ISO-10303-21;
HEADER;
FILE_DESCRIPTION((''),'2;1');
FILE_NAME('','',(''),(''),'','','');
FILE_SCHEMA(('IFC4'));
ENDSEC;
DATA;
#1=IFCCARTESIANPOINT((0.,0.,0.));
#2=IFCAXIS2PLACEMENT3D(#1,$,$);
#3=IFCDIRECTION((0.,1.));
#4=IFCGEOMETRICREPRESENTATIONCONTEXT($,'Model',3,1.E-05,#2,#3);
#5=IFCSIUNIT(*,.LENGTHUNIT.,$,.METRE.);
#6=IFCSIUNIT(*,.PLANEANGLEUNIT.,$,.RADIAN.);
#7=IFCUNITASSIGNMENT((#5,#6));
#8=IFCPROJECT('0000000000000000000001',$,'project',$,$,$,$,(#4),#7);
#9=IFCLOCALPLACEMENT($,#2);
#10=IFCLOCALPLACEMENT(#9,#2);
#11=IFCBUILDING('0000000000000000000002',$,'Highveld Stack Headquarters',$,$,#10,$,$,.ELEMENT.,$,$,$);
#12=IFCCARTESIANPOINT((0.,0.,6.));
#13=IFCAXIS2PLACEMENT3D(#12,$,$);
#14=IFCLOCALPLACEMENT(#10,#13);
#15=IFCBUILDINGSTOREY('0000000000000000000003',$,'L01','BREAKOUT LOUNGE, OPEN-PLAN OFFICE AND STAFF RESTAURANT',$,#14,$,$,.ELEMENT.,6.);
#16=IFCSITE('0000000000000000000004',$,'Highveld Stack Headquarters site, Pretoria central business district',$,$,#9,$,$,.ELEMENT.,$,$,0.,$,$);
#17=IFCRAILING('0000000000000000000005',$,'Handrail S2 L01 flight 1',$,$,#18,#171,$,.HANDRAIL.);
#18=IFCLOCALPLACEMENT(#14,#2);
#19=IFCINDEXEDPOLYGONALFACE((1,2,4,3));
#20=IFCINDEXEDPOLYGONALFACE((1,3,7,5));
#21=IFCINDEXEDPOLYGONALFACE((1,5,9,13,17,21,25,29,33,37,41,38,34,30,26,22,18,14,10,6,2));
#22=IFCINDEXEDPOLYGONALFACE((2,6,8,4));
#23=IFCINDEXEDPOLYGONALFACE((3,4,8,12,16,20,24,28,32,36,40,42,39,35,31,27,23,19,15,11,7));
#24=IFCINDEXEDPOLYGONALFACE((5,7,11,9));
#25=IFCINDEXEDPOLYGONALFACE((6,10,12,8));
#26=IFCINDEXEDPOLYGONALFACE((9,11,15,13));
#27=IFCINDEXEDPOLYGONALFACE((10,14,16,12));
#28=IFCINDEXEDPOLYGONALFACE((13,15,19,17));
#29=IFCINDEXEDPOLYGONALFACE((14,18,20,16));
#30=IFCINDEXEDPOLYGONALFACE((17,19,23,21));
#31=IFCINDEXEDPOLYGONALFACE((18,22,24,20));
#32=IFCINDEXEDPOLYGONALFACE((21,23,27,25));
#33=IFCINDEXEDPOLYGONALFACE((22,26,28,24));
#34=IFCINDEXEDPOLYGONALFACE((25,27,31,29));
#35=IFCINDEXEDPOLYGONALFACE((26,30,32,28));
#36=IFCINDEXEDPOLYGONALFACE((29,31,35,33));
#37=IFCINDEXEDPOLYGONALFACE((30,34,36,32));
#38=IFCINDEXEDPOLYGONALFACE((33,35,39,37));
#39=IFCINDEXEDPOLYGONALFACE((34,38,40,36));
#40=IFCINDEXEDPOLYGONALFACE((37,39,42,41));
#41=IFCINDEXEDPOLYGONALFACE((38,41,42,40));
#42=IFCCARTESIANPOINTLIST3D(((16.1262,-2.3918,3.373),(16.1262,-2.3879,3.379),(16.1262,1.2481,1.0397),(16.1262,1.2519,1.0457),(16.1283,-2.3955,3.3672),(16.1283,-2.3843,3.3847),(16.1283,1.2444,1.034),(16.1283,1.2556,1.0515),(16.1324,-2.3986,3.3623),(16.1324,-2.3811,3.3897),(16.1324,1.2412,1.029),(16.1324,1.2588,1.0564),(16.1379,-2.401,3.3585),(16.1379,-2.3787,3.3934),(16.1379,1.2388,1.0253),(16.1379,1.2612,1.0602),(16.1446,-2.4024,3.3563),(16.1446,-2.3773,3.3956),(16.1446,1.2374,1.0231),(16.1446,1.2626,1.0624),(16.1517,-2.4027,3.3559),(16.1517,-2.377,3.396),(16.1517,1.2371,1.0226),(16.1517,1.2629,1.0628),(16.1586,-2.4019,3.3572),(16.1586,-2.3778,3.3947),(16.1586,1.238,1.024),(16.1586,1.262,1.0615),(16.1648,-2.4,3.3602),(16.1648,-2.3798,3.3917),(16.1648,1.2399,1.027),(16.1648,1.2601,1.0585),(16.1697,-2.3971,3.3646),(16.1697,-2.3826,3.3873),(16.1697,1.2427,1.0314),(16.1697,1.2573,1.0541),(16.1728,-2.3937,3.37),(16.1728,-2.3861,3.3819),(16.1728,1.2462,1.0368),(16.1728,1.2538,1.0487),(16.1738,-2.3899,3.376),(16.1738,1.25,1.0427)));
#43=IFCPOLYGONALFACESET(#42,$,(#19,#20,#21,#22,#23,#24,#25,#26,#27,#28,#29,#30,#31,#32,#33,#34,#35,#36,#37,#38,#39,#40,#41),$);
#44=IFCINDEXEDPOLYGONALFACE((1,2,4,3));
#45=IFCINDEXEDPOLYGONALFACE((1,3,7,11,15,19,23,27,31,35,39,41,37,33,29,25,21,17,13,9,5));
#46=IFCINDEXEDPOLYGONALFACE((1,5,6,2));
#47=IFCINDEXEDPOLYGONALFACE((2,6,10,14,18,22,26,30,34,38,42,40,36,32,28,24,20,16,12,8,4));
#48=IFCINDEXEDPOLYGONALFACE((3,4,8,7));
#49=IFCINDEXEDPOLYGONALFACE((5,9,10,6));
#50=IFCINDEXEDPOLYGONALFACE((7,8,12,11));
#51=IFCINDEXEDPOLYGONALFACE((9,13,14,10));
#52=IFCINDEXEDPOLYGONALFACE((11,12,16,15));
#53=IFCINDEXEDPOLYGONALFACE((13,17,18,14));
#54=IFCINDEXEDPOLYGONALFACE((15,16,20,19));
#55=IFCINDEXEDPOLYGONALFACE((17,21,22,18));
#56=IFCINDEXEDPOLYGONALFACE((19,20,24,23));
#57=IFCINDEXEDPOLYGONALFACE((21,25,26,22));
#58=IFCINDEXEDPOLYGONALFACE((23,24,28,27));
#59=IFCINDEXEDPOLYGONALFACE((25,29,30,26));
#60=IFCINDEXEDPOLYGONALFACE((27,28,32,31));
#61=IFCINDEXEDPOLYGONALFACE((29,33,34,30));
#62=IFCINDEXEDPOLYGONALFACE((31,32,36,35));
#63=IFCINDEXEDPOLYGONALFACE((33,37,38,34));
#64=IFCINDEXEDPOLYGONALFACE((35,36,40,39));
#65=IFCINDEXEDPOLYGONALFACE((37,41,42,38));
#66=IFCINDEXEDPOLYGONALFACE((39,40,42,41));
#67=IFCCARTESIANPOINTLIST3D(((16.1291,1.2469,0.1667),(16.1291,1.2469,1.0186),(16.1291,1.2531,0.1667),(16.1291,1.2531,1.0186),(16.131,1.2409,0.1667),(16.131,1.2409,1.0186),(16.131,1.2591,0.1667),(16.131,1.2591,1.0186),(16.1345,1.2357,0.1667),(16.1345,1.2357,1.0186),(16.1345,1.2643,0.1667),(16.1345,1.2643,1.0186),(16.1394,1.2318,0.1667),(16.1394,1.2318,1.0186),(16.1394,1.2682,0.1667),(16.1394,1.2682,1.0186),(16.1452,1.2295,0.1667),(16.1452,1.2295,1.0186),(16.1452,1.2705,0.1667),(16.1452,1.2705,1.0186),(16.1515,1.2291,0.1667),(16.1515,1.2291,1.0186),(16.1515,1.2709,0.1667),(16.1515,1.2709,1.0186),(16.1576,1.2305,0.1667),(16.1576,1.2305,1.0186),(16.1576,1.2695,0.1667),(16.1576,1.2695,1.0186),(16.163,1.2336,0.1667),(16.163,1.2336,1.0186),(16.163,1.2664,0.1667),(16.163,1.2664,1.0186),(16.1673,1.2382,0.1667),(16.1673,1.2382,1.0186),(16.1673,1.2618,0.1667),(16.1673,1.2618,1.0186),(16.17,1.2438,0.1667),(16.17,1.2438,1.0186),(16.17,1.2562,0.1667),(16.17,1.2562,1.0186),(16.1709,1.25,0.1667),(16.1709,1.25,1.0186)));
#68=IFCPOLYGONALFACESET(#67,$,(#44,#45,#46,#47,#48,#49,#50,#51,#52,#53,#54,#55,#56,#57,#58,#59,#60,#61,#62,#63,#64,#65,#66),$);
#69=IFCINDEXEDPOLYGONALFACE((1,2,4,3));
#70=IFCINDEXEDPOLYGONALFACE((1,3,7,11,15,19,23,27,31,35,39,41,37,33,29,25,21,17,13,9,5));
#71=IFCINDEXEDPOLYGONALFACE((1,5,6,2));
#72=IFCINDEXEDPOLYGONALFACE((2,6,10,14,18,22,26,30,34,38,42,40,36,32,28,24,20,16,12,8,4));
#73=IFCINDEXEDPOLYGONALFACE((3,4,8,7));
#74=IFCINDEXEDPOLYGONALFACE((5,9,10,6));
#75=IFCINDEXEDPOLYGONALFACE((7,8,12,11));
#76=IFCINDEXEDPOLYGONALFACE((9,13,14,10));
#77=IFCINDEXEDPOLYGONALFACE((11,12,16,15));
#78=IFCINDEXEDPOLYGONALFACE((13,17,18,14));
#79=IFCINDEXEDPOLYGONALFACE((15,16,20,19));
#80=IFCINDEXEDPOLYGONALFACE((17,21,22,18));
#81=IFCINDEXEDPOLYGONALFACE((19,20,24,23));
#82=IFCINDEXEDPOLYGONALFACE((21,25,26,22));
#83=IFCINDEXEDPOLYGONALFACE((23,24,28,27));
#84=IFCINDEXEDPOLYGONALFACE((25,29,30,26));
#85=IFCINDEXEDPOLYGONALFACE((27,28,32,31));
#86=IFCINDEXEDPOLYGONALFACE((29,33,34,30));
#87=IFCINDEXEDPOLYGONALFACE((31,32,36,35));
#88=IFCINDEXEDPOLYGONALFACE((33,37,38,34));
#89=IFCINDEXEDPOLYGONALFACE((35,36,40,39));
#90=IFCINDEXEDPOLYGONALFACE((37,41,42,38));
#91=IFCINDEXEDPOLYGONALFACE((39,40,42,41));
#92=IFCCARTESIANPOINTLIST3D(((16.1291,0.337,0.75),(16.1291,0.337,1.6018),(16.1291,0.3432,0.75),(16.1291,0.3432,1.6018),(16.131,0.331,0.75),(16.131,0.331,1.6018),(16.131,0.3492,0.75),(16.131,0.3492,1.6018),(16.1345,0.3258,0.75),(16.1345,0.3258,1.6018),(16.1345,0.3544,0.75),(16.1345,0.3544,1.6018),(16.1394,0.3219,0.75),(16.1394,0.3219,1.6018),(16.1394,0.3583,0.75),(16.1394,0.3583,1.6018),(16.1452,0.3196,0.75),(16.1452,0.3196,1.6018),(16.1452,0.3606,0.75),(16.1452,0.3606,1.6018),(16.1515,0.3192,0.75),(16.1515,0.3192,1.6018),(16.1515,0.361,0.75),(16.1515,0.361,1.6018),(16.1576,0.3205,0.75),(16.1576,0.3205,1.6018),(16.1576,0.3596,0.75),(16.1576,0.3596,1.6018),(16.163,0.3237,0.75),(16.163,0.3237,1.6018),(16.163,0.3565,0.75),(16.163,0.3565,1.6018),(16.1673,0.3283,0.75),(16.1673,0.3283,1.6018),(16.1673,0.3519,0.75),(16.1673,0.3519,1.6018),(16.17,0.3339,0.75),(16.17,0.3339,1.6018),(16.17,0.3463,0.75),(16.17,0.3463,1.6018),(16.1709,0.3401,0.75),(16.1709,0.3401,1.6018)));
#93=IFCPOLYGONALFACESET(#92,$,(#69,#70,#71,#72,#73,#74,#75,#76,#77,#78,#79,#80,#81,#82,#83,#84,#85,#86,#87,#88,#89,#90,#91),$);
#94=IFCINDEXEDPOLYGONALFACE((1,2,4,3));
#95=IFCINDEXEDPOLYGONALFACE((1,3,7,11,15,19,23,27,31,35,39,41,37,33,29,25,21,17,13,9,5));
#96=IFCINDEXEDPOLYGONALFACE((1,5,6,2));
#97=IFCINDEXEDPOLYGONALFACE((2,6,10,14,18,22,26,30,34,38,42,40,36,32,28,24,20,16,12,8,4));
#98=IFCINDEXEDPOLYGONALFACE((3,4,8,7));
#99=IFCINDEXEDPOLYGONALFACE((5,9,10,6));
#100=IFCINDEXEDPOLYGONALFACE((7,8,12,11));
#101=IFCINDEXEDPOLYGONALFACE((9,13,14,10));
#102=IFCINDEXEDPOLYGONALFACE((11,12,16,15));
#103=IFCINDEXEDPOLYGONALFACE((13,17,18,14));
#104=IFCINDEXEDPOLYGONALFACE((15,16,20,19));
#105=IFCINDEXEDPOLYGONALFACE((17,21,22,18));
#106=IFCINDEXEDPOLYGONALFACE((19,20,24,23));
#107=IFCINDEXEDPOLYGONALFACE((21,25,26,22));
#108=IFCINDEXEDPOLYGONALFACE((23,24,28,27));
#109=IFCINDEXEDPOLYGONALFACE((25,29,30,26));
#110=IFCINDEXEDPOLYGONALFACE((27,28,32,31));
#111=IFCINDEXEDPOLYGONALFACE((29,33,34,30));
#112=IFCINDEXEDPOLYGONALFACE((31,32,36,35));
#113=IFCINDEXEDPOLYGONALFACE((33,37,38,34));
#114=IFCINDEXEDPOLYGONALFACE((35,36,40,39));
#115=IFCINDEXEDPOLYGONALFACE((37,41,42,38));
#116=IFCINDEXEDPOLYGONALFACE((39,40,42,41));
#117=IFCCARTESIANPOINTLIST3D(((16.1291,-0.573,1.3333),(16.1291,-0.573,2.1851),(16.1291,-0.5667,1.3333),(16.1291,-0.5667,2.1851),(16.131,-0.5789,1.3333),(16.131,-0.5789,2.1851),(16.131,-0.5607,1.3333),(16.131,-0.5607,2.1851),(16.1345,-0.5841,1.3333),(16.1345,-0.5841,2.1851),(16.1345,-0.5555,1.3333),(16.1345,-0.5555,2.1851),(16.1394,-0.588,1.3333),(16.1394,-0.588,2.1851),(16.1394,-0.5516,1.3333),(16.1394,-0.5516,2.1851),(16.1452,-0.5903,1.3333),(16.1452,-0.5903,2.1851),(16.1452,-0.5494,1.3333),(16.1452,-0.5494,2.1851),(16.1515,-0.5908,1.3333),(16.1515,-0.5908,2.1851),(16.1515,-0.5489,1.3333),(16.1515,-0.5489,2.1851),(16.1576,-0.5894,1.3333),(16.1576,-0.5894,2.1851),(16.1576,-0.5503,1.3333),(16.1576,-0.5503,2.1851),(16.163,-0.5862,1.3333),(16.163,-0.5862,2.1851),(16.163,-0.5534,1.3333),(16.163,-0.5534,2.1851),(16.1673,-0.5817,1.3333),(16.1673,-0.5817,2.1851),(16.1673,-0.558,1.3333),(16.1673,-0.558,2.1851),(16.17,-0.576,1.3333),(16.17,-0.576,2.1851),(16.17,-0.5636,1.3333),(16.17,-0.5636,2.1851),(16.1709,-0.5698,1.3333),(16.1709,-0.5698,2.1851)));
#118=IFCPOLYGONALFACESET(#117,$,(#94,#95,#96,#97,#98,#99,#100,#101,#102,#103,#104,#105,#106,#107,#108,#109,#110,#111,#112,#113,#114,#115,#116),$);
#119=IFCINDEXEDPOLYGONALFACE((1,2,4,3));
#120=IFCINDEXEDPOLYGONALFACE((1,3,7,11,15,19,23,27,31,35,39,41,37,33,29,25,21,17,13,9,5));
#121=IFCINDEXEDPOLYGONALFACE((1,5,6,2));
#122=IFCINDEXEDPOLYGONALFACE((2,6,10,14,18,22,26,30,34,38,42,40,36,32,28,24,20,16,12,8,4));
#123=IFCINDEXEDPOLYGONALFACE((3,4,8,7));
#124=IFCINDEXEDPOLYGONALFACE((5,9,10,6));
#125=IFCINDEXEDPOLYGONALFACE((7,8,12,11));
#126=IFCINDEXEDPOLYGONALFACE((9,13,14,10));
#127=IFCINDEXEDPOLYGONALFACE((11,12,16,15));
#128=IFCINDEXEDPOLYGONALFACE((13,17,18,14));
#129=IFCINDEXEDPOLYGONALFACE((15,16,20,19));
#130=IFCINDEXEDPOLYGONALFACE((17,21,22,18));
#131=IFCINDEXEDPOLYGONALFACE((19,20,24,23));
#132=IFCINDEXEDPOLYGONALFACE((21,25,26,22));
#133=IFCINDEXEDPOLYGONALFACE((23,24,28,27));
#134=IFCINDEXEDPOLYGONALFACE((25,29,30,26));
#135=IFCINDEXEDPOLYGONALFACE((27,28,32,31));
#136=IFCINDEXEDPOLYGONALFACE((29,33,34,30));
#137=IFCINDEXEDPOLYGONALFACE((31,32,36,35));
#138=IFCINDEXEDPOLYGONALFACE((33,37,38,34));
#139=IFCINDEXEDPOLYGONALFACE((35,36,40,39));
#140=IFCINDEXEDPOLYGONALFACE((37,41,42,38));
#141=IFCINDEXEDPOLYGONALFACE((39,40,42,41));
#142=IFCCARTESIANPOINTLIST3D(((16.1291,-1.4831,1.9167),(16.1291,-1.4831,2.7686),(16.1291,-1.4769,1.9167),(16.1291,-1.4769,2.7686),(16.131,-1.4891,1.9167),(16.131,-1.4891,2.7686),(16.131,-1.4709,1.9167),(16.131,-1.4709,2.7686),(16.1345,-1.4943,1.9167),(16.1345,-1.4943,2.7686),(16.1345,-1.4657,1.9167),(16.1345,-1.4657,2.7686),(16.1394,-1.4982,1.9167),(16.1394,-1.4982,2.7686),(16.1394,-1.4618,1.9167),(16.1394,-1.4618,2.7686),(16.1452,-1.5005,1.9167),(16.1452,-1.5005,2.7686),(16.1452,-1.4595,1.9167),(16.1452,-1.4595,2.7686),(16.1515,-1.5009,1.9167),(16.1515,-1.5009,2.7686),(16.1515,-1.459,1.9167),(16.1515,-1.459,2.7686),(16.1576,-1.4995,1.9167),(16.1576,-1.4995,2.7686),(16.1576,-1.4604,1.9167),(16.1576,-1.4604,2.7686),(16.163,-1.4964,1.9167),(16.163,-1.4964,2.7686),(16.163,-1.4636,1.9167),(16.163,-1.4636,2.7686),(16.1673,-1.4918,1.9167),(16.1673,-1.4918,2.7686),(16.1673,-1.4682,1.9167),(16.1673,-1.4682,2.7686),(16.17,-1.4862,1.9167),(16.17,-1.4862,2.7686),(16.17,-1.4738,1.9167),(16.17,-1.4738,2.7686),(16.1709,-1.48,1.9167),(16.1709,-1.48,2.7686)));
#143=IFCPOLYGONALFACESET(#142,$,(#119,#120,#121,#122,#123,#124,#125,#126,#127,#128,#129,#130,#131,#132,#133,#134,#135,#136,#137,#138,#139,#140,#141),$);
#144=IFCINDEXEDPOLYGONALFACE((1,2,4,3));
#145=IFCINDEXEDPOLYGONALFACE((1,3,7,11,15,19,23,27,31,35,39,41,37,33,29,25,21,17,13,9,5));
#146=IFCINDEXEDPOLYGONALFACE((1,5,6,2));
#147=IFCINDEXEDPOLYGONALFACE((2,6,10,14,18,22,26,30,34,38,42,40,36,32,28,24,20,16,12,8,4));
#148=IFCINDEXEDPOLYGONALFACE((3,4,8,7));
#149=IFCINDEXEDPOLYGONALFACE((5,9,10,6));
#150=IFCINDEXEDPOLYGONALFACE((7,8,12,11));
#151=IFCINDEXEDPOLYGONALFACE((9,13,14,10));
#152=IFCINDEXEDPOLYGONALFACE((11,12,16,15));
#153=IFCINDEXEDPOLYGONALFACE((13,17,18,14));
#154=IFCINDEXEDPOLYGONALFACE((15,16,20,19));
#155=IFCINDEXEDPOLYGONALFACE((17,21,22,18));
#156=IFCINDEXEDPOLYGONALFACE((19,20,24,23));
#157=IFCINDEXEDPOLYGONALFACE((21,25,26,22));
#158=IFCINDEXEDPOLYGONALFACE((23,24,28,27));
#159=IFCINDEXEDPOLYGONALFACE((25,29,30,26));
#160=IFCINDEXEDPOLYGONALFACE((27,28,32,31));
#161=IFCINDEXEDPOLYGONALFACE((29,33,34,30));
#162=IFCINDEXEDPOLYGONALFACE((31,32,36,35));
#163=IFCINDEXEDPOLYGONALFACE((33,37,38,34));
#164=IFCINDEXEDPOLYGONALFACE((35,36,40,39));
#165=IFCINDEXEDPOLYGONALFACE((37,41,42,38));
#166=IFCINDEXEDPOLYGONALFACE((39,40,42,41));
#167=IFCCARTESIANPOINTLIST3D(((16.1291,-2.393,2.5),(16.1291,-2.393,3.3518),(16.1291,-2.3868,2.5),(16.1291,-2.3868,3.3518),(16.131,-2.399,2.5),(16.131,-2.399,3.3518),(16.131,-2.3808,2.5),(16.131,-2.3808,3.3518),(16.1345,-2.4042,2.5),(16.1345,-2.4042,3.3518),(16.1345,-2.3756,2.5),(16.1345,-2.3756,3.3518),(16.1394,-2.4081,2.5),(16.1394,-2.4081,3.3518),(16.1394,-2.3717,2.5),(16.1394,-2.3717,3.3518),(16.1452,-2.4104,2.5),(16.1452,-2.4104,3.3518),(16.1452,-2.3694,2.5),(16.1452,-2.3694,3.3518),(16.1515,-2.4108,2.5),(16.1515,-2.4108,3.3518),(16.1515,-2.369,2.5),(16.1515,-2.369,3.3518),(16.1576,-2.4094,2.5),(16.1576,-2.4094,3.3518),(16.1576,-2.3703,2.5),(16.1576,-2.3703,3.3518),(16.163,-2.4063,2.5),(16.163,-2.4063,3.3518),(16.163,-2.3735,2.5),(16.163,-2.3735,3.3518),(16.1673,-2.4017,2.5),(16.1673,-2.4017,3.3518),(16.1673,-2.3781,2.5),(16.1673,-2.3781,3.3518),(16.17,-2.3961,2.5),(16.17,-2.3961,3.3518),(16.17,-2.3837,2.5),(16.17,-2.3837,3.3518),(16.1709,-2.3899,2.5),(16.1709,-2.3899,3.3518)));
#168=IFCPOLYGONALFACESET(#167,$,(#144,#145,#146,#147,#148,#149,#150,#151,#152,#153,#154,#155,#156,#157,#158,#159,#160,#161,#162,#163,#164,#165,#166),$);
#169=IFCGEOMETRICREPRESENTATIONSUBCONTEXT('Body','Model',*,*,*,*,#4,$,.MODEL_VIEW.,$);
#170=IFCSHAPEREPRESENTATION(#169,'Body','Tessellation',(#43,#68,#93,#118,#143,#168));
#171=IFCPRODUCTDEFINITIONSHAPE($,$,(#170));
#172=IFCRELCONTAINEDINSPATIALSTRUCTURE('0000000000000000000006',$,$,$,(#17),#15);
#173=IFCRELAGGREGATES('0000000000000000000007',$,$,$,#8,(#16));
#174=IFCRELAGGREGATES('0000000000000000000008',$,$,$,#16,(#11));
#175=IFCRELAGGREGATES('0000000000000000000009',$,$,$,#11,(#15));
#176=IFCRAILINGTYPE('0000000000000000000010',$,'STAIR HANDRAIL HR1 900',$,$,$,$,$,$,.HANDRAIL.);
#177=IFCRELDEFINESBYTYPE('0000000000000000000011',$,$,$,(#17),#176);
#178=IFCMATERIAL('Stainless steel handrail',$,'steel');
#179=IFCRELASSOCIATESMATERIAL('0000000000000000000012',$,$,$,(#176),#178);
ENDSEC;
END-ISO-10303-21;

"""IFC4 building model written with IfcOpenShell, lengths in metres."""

from ifc_helpers import new_model, si_unit, direction, frame, origin, origin_2d, place, context, subcontext, project, spatial, circle, extrude, material, type_object, element, save


model = new_model("IFC4")

# Units and contexts
model_context = context("Model", 3, precision=1e-05, world=origin(), true_north=direction((0.0, 1.0)))
body_context = subcontext(model_context, "Body", "Model", "MODEL_VIEW")
ifc_project = project(units=[si_unit("LENGTHUNIT", "METRE"), si_unit("PLANEANGLEUNIT", "RADIAN")], contexts=[model_context])

# Site, building, storey
site_placement = place(None, origin())
site = spatial("IfcSite", under=ifc_project, at=site_placement, Name="Highveld Stack Headquarters site, Pretoria central business district", CompositionType="ELEMENT", RefElevation=0.0)
building_placement = place(site_placement, origin())
building = spatial("IfcBuilding", under=site, at=building_placement, Name="Highveld Stack Headquarters", CompositionType="ELEMENT")
storey_placement = place(building_placement, frame((0.0, 0.0, 6.0)))
storey = spatial("IfcBuildingStorey", under=building, at=storey_placement, Name="L01", Description="BREAKOUT LOUNGE, OPEN-PLAN OFFICE AND STAFF RESTAURANT", CompositionType="ELEMENT", Elevation=6.0)

# Railing
ifc_material_1 = material(Name="Stainless steel handrail", Category="steel")
railing_type = type_object("IfcRailingType", Name="STAIR HANDRAIL HR1 900", PredefinedType="HANDRAIL", material=ifc_material_1)
for number, where, name in (
    (1, (16.1499, 1.25, 0.1667), "Handrail S2 L01 flight 1"),
):
    element("IfcRailing", number, at=place(storey_placement, frame(where)), inside=storey, type_object=railing_type, Name=name, PredefinedType="HANDRAIL", context=body_context, shape_type="SweptSolid", body=[
        extrude(circle(Radius=0.0239, at=origin_2d()), frame((0.0, 0.0, 0.876), z_axis=(0.0, -0.84188, 0.539664), x_axis=(1.0, 0.0, 0.0)), (0.0, 0.0, 1.0), 4.3235),
        extrude(circle(Radius=0.021, at=origin_2d()), origin(), (0.0, 0.0, 1.0), 0.8518),
        extrude(circle(Radius=0.021, at=origin_2d()), frame((0.0, -0.9099, 0.5833)), (0.0, 0.0, 1.0), 0.8518),
        extrude(circle(Radius=0.021, at=origin_2d()), frame((0.0, -1.8198, 1.1665)), (0.0, 0.0, 1.0), 0.8518),
        extrude(circle(Radius=0.021, at=origin_2d()), frame((0.0, -2.73, 1.75)), (0.0, 0.0, 1.0), 0.8518),
        extrude(circle(Radius=0.021, at=origin_2d()), frame((0.0, -3.6399, 2.3333)), (0.0, 0.0, 1.0), 0.8518),
    ])

save(model, "model.ifc")
